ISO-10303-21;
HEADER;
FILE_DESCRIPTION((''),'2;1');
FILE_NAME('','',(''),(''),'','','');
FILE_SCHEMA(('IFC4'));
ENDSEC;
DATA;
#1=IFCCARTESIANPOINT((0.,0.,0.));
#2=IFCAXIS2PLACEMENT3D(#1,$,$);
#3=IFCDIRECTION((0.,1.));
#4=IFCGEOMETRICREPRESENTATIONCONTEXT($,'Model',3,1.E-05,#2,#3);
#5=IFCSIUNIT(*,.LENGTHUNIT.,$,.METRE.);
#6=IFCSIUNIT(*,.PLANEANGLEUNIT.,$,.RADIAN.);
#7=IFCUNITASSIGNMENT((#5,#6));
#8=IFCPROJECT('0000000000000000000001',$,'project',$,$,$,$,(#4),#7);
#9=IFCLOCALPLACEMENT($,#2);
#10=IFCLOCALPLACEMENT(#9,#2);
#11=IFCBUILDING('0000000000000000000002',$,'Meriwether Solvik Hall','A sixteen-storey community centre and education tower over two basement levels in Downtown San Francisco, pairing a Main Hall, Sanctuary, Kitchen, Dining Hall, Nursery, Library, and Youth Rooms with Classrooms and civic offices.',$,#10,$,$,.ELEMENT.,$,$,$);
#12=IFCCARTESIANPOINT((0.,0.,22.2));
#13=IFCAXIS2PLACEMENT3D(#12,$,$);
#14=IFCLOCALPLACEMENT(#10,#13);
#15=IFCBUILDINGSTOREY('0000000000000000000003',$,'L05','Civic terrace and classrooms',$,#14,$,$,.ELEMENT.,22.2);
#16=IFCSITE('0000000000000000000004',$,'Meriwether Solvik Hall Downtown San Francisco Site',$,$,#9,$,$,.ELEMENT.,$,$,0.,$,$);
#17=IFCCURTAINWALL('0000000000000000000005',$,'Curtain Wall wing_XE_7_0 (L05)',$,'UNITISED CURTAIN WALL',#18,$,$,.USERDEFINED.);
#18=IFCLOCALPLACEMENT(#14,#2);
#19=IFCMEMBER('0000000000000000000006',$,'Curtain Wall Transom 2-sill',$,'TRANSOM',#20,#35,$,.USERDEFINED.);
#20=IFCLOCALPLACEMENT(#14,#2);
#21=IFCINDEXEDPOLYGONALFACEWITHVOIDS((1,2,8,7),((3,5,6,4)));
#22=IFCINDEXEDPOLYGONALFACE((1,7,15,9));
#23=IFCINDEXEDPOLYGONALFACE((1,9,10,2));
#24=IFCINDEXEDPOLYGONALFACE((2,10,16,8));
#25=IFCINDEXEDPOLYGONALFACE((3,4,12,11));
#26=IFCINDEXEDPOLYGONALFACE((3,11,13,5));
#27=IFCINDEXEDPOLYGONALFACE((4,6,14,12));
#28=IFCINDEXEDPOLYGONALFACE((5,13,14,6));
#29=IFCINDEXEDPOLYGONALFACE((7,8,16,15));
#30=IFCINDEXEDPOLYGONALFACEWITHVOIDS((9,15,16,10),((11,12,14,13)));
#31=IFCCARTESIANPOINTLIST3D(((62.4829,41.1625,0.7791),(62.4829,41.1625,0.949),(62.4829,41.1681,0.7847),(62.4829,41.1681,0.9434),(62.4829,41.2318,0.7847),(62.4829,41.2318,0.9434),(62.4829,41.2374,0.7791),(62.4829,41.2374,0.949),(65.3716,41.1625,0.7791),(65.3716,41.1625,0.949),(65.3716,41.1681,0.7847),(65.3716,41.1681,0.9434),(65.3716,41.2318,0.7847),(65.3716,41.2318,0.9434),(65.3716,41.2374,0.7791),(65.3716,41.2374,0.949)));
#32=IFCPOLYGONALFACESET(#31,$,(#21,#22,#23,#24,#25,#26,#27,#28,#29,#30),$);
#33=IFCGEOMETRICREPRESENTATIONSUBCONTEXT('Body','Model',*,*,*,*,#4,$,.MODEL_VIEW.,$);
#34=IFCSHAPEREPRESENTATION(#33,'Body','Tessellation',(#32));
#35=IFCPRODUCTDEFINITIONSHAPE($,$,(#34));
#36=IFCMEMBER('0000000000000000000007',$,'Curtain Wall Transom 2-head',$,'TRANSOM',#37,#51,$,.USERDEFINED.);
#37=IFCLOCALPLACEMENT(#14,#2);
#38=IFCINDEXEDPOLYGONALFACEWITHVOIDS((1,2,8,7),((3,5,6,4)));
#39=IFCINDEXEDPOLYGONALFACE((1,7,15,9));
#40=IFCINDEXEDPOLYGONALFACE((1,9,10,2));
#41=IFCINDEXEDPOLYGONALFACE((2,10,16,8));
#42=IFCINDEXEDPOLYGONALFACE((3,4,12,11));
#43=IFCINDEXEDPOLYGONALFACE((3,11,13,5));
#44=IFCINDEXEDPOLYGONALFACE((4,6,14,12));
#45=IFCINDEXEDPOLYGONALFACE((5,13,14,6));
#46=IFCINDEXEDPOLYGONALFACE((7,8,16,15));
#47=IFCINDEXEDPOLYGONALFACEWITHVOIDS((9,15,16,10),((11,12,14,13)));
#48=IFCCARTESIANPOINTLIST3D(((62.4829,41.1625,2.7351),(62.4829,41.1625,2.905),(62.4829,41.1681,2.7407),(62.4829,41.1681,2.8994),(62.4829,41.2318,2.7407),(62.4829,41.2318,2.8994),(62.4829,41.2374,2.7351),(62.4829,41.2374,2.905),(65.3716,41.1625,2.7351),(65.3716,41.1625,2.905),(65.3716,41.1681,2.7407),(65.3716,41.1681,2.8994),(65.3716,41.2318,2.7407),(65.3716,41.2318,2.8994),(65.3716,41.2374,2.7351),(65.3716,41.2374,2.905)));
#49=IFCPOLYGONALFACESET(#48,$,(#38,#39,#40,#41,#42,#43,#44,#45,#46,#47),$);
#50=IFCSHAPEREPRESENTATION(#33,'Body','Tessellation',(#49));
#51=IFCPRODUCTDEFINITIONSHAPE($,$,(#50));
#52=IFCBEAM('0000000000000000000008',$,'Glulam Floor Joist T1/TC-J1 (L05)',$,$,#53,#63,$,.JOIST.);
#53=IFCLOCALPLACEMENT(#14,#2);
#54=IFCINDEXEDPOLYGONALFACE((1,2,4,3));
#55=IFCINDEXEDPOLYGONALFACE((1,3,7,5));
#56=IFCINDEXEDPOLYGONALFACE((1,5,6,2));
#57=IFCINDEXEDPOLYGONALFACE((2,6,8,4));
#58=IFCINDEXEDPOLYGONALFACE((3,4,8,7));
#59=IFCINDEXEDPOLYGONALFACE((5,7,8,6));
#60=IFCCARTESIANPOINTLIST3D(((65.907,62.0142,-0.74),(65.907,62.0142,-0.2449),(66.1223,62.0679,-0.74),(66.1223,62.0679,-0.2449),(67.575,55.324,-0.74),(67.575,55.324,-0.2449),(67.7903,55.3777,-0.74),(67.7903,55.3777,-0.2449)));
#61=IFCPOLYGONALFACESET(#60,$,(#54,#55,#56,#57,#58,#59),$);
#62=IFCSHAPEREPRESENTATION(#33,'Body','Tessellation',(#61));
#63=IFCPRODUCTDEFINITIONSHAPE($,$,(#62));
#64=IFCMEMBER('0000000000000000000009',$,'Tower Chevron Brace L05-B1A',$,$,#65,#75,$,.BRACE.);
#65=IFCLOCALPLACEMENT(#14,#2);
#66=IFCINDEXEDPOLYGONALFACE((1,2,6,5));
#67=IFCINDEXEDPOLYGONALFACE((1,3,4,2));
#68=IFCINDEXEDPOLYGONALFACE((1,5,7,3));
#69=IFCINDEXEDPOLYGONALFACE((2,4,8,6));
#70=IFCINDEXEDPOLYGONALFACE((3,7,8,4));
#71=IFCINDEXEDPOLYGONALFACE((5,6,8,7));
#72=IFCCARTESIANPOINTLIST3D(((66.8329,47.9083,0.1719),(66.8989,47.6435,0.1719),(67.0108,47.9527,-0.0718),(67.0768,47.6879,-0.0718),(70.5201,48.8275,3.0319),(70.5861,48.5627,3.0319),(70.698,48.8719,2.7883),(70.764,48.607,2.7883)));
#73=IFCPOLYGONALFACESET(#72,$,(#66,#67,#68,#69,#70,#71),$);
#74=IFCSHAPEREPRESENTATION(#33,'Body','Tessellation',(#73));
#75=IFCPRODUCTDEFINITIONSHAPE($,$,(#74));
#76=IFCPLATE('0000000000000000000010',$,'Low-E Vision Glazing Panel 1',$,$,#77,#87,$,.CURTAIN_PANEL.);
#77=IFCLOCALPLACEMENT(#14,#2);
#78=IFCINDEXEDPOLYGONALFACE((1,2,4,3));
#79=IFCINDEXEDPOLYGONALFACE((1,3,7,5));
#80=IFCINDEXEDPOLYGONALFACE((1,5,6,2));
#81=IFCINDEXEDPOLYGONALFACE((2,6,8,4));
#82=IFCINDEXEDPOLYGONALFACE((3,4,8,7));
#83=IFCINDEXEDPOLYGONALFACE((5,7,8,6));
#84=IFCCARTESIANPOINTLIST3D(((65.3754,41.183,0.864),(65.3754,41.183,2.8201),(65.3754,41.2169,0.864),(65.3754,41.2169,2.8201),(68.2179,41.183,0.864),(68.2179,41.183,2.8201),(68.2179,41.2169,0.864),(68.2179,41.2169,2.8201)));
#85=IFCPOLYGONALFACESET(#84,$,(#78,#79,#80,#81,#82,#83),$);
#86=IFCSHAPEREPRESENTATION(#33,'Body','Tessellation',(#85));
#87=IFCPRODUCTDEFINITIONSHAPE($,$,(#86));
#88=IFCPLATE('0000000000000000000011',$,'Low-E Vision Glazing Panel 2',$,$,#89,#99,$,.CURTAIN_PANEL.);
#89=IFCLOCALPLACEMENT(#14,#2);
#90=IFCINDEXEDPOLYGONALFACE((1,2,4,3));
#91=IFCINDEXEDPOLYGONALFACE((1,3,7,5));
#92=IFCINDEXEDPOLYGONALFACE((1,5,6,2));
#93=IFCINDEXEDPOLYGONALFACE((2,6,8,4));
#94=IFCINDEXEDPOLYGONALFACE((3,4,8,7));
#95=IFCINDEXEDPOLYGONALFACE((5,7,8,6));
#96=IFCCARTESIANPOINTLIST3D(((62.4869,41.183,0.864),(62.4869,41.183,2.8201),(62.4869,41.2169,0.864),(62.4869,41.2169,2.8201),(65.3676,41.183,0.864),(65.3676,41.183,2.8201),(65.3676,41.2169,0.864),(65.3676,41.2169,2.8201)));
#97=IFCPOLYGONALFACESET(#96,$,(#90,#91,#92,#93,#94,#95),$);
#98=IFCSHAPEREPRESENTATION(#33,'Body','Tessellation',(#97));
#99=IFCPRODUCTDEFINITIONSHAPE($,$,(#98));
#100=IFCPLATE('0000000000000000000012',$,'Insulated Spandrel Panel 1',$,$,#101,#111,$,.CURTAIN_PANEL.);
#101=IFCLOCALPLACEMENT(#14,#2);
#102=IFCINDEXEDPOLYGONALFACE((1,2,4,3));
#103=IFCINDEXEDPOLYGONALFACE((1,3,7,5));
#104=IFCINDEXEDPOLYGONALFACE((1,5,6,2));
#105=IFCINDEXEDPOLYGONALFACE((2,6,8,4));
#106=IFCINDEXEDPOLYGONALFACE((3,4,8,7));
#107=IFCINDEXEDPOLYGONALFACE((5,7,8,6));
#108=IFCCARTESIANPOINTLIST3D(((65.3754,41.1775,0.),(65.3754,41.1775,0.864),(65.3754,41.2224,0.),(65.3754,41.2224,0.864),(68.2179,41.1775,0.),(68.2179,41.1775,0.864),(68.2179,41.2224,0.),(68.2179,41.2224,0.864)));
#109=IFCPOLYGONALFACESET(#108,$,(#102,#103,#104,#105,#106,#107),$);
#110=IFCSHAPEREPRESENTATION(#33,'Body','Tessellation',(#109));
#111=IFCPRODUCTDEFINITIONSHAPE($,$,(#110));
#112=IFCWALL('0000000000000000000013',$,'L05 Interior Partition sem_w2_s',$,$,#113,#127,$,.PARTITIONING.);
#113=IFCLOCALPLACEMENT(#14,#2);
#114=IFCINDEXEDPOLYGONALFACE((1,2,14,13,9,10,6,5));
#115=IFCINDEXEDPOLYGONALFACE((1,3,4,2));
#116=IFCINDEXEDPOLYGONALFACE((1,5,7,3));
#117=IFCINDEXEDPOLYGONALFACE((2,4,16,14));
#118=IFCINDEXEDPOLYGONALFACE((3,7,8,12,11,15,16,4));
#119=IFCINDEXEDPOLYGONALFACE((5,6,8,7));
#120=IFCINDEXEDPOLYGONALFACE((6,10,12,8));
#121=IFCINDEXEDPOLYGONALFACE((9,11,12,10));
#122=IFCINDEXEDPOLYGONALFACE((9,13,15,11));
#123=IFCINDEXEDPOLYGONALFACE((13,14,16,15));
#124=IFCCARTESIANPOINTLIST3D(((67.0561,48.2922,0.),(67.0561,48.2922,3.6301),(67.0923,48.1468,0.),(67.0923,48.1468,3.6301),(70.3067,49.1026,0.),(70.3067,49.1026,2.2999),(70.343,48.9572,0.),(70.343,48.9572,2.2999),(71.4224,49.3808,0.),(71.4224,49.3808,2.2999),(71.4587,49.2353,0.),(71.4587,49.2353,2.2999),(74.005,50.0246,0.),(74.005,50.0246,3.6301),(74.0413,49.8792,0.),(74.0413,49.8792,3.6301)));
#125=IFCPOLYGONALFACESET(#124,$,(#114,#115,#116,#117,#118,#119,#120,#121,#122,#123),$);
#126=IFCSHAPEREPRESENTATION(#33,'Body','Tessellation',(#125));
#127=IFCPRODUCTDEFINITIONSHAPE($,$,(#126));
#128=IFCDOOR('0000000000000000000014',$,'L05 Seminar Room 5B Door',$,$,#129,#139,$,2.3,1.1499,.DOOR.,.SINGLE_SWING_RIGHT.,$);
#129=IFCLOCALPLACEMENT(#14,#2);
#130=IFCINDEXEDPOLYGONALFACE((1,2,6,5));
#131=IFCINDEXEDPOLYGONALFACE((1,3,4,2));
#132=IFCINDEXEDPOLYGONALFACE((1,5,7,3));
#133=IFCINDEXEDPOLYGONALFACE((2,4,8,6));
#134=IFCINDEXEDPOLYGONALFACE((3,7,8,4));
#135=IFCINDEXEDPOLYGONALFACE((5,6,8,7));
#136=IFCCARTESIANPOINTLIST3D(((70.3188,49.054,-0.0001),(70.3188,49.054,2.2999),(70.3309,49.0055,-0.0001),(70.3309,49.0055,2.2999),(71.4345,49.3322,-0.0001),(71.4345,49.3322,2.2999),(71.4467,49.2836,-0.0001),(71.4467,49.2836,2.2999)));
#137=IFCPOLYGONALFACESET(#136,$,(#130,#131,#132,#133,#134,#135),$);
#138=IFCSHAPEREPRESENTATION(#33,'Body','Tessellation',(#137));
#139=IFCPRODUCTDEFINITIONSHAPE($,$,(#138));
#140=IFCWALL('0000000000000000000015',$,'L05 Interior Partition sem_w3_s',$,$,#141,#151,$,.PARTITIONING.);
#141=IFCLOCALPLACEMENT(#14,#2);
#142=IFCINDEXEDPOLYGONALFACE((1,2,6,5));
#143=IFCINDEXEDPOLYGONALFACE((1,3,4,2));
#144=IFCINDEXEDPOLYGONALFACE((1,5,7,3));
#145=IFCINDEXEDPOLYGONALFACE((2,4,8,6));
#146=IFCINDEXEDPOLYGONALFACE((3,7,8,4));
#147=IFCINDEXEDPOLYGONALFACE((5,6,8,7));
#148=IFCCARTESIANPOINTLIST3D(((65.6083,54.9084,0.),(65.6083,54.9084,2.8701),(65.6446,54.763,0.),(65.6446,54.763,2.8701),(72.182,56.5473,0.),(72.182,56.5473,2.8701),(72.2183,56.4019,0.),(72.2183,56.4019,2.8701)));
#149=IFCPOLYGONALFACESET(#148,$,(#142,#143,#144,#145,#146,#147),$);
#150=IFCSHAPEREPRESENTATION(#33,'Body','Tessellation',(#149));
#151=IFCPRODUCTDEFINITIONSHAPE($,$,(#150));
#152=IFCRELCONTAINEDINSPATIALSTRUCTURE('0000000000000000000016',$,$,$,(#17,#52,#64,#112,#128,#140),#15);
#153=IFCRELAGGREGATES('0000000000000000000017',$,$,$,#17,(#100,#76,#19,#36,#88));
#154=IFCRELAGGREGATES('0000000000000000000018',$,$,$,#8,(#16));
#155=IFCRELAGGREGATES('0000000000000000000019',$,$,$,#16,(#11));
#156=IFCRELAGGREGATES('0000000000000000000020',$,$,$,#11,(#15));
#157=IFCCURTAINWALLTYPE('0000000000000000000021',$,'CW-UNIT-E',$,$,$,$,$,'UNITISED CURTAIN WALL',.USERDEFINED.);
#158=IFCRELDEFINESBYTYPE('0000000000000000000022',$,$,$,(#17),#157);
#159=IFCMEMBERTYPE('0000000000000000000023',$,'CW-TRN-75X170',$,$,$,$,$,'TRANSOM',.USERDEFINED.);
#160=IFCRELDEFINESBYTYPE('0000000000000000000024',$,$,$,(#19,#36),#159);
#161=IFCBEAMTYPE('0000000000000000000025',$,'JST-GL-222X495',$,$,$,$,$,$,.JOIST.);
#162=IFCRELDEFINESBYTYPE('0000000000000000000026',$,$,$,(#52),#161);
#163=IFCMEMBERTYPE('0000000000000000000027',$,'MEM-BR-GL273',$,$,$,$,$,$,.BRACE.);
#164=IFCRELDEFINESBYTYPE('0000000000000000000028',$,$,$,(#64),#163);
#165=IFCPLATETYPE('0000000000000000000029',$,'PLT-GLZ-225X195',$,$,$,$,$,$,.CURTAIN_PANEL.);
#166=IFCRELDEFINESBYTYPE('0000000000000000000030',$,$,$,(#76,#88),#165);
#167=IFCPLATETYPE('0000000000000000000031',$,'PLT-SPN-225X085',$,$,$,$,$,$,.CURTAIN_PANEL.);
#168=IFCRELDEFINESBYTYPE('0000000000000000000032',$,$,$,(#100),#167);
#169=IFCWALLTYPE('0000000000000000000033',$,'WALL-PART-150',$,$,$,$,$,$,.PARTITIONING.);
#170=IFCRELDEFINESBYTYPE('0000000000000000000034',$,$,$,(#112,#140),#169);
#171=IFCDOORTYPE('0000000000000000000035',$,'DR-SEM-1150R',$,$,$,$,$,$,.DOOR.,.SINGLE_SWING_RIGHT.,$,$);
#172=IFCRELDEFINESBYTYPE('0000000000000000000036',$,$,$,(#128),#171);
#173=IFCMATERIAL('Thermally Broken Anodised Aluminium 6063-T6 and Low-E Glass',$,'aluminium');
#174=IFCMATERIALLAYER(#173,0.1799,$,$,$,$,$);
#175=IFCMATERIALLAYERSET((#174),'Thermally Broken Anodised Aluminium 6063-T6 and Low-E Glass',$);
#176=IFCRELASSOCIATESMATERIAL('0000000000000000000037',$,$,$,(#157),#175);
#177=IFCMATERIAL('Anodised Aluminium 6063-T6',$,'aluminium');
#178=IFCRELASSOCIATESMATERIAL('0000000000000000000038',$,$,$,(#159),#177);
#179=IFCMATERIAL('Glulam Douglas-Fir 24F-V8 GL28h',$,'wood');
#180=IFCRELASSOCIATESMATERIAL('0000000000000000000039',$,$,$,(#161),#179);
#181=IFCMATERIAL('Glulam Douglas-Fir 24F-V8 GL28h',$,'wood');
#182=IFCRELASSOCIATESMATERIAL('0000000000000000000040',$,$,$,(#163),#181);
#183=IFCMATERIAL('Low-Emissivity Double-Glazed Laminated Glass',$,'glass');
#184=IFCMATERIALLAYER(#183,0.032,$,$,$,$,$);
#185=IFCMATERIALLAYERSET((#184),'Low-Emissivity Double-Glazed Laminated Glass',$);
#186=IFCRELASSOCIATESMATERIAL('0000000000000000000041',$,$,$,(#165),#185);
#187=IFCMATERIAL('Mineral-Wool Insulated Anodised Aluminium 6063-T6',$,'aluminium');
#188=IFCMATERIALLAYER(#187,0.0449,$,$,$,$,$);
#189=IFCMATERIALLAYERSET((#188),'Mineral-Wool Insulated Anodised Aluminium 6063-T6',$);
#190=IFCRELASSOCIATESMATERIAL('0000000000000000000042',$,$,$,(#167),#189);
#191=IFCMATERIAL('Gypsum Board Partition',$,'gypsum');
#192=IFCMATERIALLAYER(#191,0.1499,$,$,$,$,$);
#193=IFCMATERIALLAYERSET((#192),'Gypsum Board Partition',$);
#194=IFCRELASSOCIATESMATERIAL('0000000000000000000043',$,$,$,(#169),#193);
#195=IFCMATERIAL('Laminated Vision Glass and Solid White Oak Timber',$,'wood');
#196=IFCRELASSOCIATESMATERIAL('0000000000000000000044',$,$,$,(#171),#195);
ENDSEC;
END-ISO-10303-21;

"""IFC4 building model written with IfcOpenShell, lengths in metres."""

from ifc_helpers import new_model, si_unit, direction, frame, frame_2d, origin, origin_2d, place, context, subcontext, project, spatial, rectangle, hollow_rectangle, extrude, material, layer, layer_set, material_profile, profile_set, type_object, element, fill, aggregate, save


model = new_model("IFC4")

# Units and contexts
model_context = context("Model", 3, precision=1e-05, world=origin(), true_north=direction((0.0, 1.0)))
body_context = subcontext(model_context, "Body", "Model", "MODEL_VIEW")
ifc_project = project(units=[si_unit("LENGTHUNIT", "METRE"), si_unit("PLANEANGLEUNIT", "RADIAN")], contexts=[model_context])

# Site, building, storey
site_placement = place(None, origin())
site = spatial("IfcSite", under=ifc_project, at=site_placement, Name="Meriwether Solvik Hall Downtown San Francisco Site", CompositionType="ELEMENT", RefElevation=0.0)
building_placement = place(site_placement, origin())
building = spatial("IfcBuilding", under=site, at=building_placement, Name="Meriwether Solvik Hall", Description="A sixteen-storey community centre and education tower over two basement levels in Downtown San Francisco, pairing a Main Hall, Sanctuary, Kitchen, Dining Hall, Nursery, Library, and Youth Rooms with Classrooms and civic offices.", CompositionType="ELEMENT")
storey_placement = place(building_placement, frame((0.0, 0.0, 22.2)))
storey = spatial("IfcBuildingStorey", under=building, at=storey_placement, Name="L05", Description="Civic terrace and classrooms", CompositionType="ELEMENT", Elevation=22.2)

# Curtain wall, members
ifc_material_1 = material(Name="Thermally Broken Anodised Aluminium 6063-T6 and Low-E Glass", Category="aluminium")
ifc_layer_1 = layer(ifc_material_1, 0.1799)
ifc_layer_set_1 = layer_set([ifc_layer_1], Name="Thermally Broken Anodised Aluminium 6063-T6 and Low-E Glass")
curtain_wall_type = type_object("IfcCurtainWallType", Name="CW-UNIT-E", ElementType="UNITISED CURTAIN WALL", PredefinedType="USERDEFINED", material=ifc_layer_set_1)
curtain_wall_placement = place(storey_placement, origin())
curtain_wall = element("IfcCurtainWall", 1, at=curtain_wall_placement, inside=storey, type_object=curtain_wall_type, Name="Curtain Wall wing_XE_7_0 (L05)", ObjectType="UNITISED CURTAIN WALL", PredefinedType="USERDEFINED")
ifc_material_2 = material(Name="Anodised Aluminium 6063-T6", Category="aluminium")
ifc_material_profile_1 = material_profile(ifc_material_2, hollow_rectangle(XDim=0.075, YDim=0.1699, WallThickness=0.0056, at=origin_2d()), Name="CWT-75X170")
ifc_profile_set_1 = profile_set([ifc_material_profile_1], Name="Anodised Aluminium 6063-T6")
member_type_1 = type_object("IfcMemberType", Name="CW-TRN-75X170", ElementType="TRANSOM", PredefinedType="USERDEFINED", material=ifc_profile_set_1)
member_1_placement = place(storey_placement, frame((65.3716, 41.2, 0.864), z_axis=(-1.0, 0.0, 0.0), x_axis=(0.0, -1.0, 0.0)))
member_1 = element("IfcMember", 2, at=member_1_placement, type_object=member_type_1, Name="Curtain Wall Transom 2-sill", ObjectType="TRANSOM", PredefinedType="USERDEFINED", context=body_context, shape_type="SweptSolid", body=[
    extrude(hollow_rectangle(XDim=0.075, YDim=0.1699, WallThickness=0.0056, at=origin_2d()), origin(), (0.0, 0.0, 1.0), 2.8887),
])
member_2_placement = place(storey_placement, frame((65.3716, 41.2, 2.8201), z_axis=(-1.0, 0.0, 0.0), x_axis=(0.0, -1.0, 0.0)))
member_2 = element("IfcMember", 3, at=member_2_placement, type_object=member_type_1, Name="Curtain Wall Transom 2-head", ObjectType="TRANSOM", PredefinedType="USERDEFINED", context=body_context, shape_type="SweptSolid", body=[
    extrude(hollow_rectangle(XDim=0.075, YDim=0.1699, WallThickness=0.0056, at=origin_2d()), origin(), (0.0, 0.0, 1.0), 2.8887),
])

# Beam
ifc_material_3 = material(Name="Glulam Douglas-Fir 24F-V8 GL28h", Category="wood")
ifc_material_profile_2 = material_profile(ifc_material_3, rectangle(XDim=0.2219, YDim=0.4951, at=origin_2d()), Name="GLJ-222X495")
ifc_profile_set_2 = profile_set([ifc_material_profile_2], Name="Glulam Douglas-Fir 24F-V8 GL28h")
beam_type_1 = type_object("IfcBeamType", Name="JST-GL-222X495", PredefinedType="JOIST", material=ifc_profile_set_2)
beam_1_placement = place(storey_placement, frame((67.6826, 55.3508, -0.4924), z_axis=(-0.241911, 0.970299, 0.0), x_axis=(-0.970299, -0.241911, 0.0)))
element("IfcBeam", 4, at=beam_1_placement, inside=storey, type_object=beam_type_1, Name="Glulam Floor Joist T1/TC-J1 (L05)", PredefinedType="JOIST", context=body_context, shape_type="SweptSolid", body=[
    extrude(rectangle(XDim=0.2219, YDim=0.4951, at=origin_2d()), origin(), (0.0, 0.0, 1.0), 6.895),
])

# Member
ifc_material_4 = material(Name="Glulam Douglas-Fir 24F-V8 GL28h", Category="wood")
ifc_material_profile_3 = material_profile(ifc_material_4, rectangle(XDim=0.2729, YDim=0.3049, at=origin_2d()), Name="GLM-273X305")
ifc_profile_set_3 = profile_set([ifc_material_profile_3], Name="Glulam Douglas-Fir 24F-V8 GL28h")
member_type_2 = type_object("IfcMemberType", Name="MEM-BR-GL273", PredefinedType="BRACE", material=ifc_profile_set_3)
member_3_placement = place(storey_placement, frame((66.9548, 47.7981, 0.05), z_axis=(0.77526, 0.193263, 0.601349), x_axis=(-0.241886, 0.970305, 0.0)))
element("IfcMember", 5, at=member_3_placement, inside=storey, type_object=member_type_2, Name="Tower Chevron Brace L05-B1A", PredefinedType="BRACE", context=body_context, shape_type="SweptSolid", body=[
    extrude(rectangle(XDim=0.2729, YDim=0.3049, at=origin_2d()), origin(), (0.0, 0.0, 1.0), 4.7561),
])

# Plates
ifc_material_5 = material(Name="Low-Emissivity Double-Glazed Laminated Glass", Category="glass")
ifc_layer_2 = layer(ifc_material_5, 0.032)
ifc_layer_set_2 = layer_set([ifc_layer_2], Name="Low-Emissivity Double-Glazed Laminated Glass")
plate_type_1 = type_object("IfcPlateType", Name="PLT-GLZ-225X195", PredefinedType="CURTAIN_PANEL", material=ifc_layer_set_2)
plate_1_placement = place(storey_placement, frame((66.7966, 41.2, 0.864), z_axis=(0.0, 0.0, 1.0), x_axis=(-1.0, 0.0, 0.0)))
plate_1 = element("IfcPlate", 6, at=plate_1_placement, type_object=plate_type_1, Name="Low-E Vision Glazing Panel 1", PredefinedType="CURTAIN_PANEL", context=body_context, shape_type="SweptSolid", body=[
    extrude(rectangle(XDim=2.8425, YDim=0.0339, at=origin_2d()), origin(), (0.0, 0.0, 1.0), 1.9561),
])
plate_2_placement = place(storey_placement, frame((63.9272, 41.2, 0.864), z_axis=(0.0, 0.0, 1.0), x_axis=(-1.0, 0.0, 0.0)))
plate_2 = element("IfcPlate", 7, at=plate_2_placement, type_object=plate_type_1, Name="Low-E Vision Glazing Panel 2", PredefinedType="CURTAIN_PANEL", context=body_context, shape_type="SweptSolid", body=[
    extrude(rectangle(XDim=2.8806, YDim=0.0339, at=origin_2d()), origin(), (0.0, 0.0, 1.0), 1.9561),
])
ifc_material_6 = material(Name="Mineral-Wool Insulated Anodised Aluminium 6063-T6", Category="aluminium")
ifc_layer_3 = layer(ifc_material_6, 0.0449)
ifc_layer_set_3 = layer_set([ifc_layer_3], Name="Mineral-Wool Insulated Anodised Aluminium 6063-T6")
plate_type_2 = type_object("IfcPlateType", Name="PLT-SPN-225X085", PredefinedType="CURTAIN_PANEL", material=ifc_layer_set_3)
plate_3_placement = place(storey_placement, frame((66.7966, 41.2, 0.0), z_axis=(0.0, 0.0, 1.0), x_axis=(-1.0, 0.0, 0.0)))
plate_3 = element("IfcPlate", 8, at=plate_3_placement, type_object=plate_type_2, Name="Insulated Spandrel Panel 1", PredefinedType="CURTAIN_PANEL", context=body_context, shape_type="SweptSolid", body=[
    extrude(rectangle(XDim=2.8425, YDim=0.0449, at=origin_2d()), origin(), (0.0, 0.0, 1.0), 0.864),
])
aggregate(curtain_wall, [plate_3, plate_1, member_1, member_2, plate_2])

# Wall, opening, door
ifc_material_7 = material(Name="Gypsum Board Partition", Category="gypsum")
ifc_layer_4 = layer(ifc_material_7, 0.1499)
ifc_layer_set_4 = layer_set([ifc_layer_4], Name="Gypsum Board Partition")
wall_type = type_object("IfcWallType", Name="WALL-PART-150", PredefinedType="PARTITIONING", material=ifc_layer_set_4)
wall_1_placement = place(storey_placement, frame((67.0742, 48.2195, 0.0), z_axis=(0.0, 0.0, 1.0), x_axis=(0.970301, 0.241902, 0.0)))
wall_1 = element("IfcWall", 9, at=wall_1_placement, inside=storey, type_object=wall_type, Name="L05 Interior Partition sem_w2_s", PredefinedType="PARTITIONING", context=body_context, shape_type="SweptSolid", body=[
    extrude(rectangle(XDim=7.1616, YDim=0.1499, at=frame_2d((3.5808, 0.0))), origin(), (0.0, 0.0, 1.0), 3.6301),
])
opening_placement = place(wall_1_placement, frame((3.3501, 0.0, 0.0)))
opening = element("IfcOpeningElement", 10, at=opening_placement, cuts=wall_1, PredefinedType="OPENING", context=body_context, shape_type="SweptSolid", body=[
    extrude(rectangle(XDim=1.1499, YDim=2.3, at=frame_2d((0.575, 1.1499))), frame((0.0, 0.0869, 0.0), z_axis=(0.0, -1.0, 0.0), x_axis=(1.0, 0.0, 0.0)), (0.0, 0.0, 1.0), 0.1738),
])
ifc_material_8 = material(Name="Laminated Vision Glass and Solid White Oak Timber", Category="wood")
door_type = type_object("IfcDoorType", Name="DR-SEM-1150R", OperationType="SINGLE_SWING_RIGHT", PredefinedType="DOOR", material=ifc_material_8)
door_placement = place(opening_placement, origin())
door = element("IfcDoor", 11, at=door_placement, inside=storey, type_object=door_type, Name="L05 Seminar Room 5B Door", OperationType="SINGLE_SWING_RIGHT", OverallHeight=2.3, OverallWidth=1.1499, PredefinedType="DOOR", context=body_context, shape_type="SweptSolid", body=[
    extrude(rectangle(XDim=1.1499, YDim=2.3, at=frame_2d((0.575, 1.1499))), frame((0.0, 0.0249, 0.0), z_axis=(0.0, -1.0, 0.0), x_axis=(1.0, 0.0, 0.0)), (0.0, 0.0, 1.0), 0.05),
])
fill(opening, door)

# Wall
wall_2_placement = place(storey_placement, frame((65.6265, 54.8357, 0.0), z_axis=(0.0, 0.0, 1.0), x_axis=(0.970299, 0.241908, 0.0)))
element("IfcWall", 12, at=wall_2_placement, inside=storey, type_object=wall_type, Name="L05 Interior Partition sem_w3_s", PredefinedType="PARTITIONING", context=body_context, shape_type="SweptSolid", body=[
    extrude(rectangle(XDim=6.7749, YDim=0.1499, at=frame_2d((3.3875, 0.0))), origin(), (0.0, 0.0, 1.0), 2.8701),
])

save(model, "model.ifc")
